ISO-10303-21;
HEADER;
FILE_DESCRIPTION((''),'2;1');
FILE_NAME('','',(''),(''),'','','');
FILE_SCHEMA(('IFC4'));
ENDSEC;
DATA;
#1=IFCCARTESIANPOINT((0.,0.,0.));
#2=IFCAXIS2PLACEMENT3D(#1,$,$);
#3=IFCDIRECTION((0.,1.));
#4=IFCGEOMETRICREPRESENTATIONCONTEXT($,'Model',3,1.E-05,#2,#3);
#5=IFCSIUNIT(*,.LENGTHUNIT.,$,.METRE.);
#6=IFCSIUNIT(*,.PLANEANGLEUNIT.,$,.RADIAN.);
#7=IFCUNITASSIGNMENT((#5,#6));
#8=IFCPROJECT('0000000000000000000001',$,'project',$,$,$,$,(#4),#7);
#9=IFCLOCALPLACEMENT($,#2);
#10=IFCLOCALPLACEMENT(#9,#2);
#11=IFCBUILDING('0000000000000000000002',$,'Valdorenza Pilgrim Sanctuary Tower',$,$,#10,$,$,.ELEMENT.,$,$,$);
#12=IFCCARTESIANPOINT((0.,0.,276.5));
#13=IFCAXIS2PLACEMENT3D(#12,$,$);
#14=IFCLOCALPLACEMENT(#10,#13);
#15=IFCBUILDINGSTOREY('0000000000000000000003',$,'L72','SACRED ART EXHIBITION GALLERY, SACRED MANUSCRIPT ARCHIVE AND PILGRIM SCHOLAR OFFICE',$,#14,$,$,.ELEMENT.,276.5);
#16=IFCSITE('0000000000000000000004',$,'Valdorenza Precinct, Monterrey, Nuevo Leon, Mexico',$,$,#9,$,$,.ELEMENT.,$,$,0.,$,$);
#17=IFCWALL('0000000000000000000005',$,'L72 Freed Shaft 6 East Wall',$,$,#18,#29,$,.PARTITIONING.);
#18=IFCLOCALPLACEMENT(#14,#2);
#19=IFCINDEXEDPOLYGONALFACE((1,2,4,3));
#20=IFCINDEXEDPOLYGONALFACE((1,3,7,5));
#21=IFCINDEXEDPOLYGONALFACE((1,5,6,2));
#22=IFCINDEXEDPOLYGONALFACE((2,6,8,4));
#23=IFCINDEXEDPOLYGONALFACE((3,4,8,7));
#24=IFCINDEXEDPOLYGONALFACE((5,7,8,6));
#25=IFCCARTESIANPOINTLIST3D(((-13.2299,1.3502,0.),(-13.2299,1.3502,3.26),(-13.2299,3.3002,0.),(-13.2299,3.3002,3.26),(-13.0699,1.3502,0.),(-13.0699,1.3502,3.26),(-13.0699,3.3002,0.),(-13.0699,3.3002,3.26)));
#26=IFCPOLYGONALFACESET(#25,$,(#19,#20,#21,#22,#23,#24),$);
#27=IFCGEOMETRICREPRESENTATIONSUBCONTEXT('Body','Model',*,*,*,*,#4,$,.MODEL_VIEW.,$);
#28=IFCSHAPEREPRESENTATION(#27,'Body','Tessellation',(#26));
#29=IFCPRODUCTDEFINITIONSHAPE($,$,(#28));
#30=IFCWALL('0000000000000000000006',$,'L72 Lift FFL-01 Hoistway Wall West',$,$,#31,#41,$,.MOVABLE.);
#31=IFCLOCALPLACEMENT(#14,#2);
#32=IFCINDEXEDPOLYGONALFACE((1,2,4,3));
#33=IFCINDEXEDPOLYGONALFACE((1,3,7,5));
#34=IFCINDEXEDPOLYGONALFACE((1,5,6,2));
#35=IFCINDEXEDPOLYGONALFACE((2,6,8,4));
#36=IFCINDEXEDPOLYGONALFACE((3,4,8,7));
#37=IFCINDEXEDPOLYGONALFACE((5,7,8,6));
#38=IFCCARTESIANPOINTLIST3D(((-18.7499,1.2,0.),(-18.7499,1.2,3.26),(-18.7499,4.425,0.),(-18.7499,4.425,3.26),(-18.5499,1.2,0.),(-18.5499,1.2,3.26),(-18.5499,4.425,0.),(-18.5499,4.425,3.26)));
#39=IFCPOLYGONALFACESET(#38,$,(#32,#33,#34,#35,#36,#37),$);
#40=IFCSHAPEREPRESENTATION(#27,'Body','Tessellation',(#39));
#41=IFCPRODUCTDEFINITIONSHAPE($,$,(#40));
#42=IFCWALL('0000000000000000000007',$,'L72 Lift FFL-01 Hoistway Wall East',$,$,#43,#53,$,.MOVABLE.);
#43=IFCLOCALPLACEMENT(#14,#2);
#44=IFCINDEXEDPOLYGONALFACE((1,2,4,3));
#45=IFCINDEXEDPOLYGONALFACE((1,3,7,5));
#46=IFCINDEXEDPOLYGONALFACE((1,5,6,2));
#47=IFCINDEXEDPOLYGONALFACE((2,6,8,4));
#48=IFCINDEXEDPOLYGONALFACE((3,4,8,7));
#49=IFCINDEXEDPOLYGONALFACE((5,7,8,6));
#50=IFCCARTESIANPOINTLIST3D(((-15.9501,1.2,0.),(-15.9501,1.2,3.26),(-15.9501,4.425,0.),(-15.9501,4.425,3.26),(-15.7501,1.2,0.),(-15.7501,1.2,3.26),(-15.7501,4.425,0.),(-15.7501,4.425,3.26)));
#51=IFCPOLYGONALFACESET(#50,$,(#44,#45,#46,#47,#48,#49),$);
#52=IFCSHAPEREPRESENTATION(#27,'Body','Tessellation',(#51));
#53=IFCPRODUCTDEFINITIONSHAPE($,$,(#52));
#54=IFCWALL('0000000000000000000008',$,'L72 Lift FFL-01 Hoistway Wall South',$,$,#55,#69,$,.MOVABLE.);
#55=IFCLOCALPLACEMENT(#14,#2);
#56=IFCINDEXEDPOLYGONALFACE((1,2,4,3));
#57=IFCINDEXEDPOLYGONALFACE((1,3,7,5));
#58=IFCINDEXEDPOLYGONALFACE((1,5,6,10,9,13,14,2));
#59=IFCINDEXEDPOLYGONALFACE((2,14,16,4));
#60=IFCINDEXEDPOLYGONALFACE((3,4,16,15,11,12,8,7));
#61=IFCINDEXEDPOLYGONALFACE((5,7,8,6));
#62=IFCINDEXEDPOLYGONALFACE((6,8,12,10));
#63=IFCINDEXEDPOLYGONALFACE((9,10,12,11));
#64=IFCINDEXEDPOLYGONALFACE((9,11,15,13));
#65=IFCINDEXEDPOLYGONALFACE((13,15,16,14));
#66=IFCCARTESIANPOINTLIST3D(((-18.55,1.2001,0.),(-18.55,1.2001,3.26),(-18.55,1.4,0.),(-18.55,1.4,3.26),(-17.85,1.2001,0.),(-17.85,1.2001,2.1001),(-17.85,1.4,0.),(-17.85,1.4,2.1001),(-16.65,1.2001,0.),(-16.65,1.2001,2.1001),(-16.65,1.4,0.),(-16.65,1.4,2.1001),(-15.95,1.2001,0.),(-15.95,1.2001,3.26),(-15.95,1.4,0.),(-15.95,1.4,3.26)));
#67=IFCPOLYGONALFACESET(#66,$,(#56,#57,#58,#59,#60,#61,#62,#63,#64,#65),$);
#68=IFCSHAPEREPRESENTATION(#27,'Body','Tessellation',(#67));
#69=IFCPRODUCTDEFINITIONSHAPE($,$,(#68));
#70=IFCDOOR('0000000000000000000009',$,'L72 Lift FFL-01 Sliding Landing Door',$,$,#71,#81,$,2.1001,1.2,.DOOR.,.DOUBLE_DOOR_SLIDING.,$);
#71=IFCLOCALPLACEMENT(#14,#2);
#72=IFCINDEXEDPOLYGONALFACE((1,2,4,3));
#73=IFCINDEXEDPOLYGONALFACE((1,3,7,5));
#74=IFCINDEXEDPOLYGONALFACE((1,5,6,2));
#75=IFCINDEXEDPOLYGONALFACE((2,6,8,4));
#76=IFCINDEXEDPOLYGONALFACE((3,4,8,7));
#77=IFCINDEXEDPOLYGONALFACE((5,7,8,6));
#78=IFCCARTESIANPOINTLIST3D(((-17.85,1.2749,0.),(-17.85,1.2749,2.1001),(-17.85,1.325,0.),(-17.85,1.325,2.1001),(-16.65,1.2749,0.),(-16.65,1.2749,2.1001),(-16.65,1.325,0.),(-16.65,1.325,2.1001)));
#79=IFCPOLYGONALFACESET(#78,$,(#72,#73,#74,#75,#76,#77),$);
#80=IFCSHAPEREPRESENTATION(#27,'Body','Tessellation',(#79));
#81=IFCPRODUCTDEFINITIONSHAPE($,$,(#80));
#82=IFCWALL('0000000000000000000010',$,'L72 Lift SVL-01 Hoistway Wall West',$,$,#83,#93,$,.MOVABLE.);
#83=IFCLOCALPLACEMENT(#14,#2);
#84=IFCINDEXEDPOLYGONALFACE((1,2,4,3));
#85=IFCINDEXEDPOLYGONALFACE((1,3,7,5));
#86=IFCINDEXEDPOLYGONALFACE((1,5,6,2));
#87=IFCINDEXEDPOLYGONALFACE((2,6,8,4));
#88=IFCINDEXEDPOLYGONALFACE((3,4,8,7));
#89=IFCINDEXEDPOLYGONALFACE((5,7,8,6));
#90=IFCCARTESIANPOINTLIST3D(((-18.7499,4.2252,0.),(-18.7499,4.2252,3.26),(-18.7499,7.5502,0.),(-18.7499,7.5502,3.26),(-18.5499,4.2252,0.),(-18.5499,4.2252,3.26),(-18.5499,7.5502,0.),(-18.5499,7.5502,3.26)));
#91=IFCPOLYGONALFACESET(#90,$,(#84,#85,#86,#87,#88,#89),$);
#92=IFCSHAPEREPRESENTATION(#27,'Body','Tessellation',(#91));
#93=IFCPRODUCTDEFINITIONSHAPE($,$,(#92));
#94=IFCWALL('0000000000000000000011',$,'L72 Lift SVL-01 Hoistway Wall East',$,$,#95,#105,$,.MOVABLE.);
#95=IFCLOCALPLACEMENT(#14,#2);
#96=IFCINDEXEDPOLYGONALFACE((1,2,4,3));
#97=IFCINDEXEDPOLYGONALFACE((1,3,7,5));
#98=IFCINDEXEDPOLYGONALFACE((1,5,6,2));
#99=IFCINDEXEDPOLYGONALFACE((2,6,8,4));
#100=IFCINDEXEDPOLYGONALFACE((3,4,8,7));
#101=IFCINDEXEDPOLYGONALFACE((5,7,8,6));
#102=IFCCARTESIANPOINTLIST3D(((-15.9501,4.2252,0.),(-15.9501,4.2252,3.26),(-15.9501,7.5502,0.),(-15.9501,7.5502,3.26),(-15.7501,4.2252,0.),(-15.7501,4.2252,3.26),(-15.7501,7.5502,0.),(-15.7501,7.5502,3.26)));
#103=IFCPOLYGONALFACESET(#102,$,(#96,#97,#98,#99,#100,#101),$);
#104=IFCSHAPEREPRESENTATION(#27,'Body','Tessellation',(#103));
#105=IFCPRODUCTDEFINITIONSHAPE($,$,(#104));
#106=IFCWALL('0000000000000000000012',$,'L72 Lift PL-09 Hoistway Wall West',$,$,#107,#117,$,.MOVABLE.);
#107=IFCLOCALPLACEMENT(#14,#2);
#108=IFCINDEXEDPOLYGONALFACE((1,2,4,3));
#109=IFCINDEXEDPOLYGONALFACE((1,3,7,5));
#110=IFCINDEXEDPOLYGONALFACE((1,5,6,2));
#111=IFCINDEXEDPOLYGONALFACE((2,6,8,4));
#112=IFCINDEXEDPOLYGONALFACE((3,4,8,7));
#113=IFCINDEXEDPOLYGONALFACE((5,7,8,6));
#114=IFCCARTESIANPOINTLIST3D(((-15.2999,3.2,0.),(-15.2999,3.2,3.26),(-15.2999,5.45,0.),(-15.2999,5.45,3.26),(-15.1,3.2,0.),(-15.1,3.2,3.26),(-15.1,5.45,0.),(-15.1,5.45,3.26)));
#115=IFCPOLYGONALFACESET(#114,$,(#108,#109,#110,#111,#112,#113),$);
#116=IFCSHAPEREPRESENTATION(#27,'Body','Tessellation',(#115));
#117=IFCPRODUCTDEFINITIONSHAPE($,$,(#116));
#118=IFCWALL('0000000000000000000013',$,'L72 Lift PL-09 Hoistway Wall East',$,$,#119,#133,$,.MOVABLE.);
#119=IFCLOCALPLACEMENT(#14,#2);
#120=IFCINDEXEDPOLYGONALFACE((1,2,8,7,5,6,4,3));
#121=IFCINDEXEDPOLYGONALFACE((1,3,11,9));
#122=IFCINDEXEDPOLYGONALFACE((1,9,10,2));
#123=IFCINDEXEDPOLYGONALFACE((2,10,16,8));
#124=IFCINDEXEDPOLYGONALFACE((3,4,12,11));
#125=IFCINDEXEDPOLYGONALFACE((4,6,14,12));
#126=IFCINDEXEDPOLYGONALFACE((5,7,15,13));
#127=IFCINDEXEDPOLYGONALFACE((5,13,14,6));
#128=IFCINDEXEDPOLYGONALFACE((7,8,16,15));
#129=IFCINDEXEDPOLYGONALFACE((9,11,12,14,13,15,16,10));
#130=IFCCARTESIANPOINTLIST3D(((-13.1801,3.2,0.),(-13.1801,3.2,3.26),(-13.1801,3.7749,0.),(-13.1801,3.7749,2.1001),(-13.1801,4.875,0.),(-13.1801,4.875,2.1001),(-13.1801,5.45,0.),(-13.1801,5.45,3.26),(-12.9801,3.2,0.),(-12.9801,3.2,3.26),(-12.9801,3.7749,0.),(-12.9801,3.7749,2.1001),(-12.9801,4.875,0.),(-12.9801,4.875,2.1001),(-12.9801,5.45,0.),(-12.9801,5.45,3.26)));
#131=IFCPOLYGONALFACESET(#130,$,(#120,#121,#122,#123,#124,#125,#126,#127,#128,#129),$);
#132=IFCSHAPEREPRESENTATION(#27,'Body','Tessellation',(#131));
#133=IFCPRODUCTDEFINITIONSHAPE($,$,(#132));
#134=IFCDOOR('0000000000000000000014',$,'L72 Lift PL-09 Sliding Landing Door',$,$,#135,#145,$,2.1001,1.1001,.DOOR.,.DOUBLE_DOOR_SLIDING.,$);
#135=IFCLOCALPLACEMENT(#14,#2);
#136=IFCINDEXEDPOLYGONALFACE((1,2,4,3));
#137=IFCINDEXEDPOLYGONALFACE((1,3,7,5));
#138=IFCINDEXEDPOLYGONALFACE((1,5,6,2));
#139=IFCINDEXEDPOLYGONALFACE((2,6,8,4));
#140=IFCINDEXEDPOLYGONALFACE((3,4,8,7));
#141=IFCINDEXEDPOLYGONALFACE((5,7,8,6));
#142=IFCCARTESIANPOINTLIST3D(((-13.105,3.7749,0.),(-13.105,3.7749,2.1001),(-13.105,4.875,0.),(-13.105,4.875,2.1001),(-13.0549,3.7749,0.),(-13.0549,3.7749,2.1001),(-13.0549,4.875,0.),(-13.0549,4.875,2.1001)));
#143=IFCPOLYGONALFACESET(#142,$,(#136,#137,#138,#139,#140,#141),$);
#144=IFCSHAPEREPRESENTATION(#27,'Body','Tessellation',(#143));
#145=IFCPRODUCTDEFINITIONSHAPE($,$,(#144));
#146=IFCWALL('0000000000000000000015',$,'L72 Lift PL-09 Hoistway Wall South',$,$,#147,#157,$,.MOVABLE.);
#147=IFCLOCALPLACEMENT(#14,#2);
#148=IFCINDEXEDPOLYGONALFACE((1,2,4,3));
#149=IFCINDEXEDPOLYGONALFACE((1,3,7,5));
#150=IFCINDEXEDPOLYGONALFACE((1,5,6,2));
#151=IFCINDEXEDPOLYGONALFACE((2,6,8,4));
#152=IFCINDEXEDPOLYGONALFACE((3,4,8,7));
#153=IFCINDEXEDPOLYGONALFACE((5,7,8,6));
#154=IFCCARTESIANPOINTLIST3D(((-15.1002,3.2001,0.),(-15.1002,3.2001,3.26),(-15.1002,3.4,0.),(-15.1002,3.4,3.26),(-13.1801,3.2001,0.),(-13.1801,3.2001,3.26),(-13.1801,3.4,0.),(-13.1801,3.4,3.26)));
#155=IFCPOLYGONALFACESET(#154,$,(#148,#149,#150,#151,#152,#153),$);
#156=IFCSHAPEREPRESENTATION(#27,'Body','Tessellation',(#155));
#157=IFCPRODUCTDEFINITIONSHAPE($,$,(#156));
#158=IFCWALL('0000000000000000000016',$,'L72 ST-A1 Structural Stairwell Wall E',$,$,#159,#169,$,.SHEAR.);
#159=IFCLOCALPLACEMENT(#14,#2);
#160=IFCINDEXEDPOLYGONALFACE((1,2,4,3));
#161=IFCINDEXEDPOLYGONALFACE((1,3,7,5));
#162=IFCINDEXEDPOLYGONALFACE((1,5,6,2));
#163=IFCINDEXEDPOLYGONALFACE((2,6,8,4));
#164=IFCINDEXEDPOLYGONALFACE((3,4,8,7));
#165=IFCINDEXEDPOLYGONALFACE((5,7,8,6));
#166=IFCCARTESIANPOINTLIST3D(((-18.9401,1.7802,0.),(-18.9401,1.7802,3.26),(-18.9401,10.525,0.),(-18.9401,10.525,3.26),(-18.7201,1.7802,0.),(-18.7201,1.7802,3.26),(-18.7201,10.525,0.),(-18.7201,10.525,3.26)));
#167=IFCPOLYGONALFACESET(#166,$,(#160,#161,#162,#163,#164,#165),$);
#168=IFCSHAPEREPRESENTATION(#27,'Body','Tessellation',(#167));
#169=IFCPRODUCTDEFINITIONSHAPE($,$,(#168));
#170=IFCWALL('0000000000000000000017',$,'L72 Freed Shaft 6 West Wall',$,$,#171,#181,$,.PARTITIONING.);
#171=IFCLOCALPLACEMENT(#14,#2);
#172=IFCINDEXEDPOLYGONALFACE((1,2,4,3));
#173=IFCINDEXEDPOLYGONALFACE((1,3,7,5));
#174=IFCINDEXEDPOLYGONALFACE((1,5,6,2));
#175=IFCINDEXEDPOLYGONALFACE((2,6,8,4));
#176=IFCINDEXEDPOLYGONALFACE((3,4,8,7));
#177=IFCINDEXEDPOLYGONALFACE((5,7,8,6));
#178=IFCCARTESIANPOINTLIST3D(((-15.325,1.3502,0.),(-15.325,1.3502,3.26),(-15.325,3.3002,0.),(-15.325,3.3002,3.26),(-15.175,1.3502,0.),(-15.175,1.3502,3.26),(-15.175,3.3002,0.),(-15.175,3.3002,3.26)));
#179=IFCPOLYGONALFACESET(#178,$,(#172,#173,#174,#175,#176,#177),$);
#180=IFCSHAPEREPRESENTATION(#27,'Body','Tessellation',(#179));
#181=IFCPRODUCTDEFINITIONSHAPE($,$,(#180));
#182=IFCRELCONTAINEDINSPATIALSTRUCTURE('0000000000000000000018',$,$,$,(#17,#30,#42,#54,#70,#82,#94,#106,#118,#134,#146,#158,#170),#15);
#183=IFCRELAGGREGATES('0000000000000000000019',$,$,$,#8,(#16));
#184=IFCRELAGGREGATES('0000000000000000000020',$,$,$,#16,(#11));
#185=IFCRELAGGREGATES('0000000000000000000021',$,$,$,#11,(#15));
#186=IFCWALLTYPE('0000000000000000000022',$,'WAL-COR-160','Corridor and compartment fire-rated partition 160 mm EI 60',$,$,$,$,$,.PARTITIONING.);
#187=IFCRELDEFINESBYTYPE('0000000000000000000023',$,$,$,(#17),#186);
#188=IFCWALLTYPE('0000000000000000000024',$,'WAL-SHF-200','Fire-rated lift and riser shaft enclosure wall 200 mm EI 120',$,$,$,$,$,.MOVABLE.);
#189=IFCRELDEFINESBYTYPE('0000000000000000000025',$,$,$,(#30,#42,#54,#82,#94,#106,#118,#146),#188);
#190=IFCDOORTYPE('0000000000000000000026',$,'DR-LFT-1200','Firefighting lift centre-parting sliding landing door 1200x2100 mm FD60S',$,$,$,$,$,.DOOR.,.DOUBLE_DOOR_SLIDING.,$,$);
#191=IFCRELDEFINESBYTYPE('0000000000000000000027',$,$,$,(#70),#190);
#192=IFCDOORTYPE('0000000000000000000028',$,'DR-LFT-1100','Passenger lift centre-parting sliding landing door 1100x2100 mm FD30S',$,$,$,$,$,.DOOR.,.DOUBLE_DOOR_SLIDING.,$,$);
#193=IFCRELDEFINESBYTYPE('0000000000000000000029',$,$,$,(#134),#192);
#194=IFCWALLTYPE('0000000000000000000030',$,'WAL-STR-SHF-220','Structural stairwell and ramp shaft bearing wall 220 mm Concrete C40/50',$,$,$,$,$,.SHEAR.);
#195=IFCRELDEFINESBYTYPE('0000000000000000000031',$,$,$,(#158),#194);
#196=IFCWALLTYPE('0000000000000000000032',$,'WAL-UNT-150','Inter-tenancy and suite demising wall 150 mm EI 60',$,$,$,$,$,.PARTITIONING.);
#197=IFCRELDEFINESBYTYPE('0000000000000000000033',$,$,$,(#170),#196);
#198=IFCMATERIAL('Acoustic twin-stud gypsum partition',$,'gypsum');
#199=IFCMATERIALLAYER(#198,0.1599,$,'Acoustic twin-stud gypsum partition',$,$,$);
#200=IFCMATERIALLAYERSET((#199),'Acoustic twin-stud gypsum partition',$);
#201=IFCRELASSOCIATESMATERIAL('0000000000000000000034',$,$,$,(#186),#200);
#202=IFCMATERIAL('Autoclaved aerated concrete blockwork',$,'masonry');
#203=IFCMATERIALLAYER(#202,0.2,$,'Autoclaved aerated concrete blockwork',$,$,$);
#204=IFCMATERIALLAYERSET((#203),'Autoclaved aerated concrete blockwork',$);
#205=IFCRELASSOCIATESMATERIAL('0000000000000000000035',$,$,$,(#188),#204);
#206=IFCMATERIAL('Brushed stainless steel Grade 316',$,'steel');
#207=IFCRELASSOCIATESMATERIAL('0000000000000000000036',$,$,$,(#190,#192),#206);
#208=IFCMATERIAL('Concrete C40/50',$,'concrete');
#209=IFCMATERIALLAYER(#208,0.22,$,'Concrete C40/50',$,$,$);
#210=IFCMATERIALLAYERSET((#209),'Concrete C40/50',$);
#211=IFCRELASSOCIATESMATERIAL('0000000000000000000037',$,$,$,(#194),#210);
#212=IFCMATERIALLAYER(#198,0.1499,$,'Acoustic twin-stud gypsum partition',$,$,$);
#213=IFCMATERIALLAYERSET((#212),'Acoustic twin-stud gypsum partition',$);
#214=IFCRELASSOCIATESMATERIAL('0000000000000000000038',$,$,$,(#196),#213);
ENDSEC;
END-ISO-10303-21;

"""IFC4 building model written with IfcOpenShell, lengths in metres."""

from ifc_helpers import new_model, si_unit, direction, frame, frame_2d, origin, place, context, subcontext, project, spatial, rectangle, extrude, material, layer, layer_set, type_object, element, fill, save


model = new_model("IFC4")

# Units and contexts
model_context = context("Model", 3, precision=1e-05, world=origin(), true_north=direction((0.0, 1.0)))
body_context = subcontext(model_context, "Body", "Model", "MODEL_VIEW")
ifc_project = project(units=[si_unit("LENGTHUNIT", "METRE"), si_unit("PLANEANGLEUNIT", "RADIAN")], contexts=[model_context])

# Site, building, storey
site_placement = place(None, origin())
site = spatial("IfcSite", under=ifc_project, at=site_placement, Name="Valdorenza Precinct, Monterrey, Nuevo Leon, Mexico", CompositionType="ELEMENT", RefElevation=0.0)
building_placement = place(site_placement, origin())
building = spatial("IfcBuilding", under=site, at=building_placement, Name="Valdorenza Pilgrim Sanctuary Tower", CompositionType="ELEMENT")
storey_placement = place(building_placement, frame((0.0, 0.0, 276.5)))
storey = spatial("IfcBuildingStorey", under=building, at=storey_placement, Name="L72", Description="SACRED ART EXHIBITION GALLERY, SACRED MANUSCRIPT ARCHIVE AND PILGRIM SCHOLAR OFFICE", CompositionType="ELEMENT", Elevation=276.5)

# Walls
ifc_material_1 = material(Name="Acoustic twin-stud gypsum partition", Category="gypsum")
ifc_layer_1 = layer(ifc_material_1, 0.1599, Name="Acoustic twin-stud gypsum partition")
ifc_layer_set_1 = layer_set([ifc_layer_1], Name="Acoustic twin-stud gypsum partition")
wall_type_1 = type_object("IfcWallType", Name="WAL-COR-160", Description="Corridor and compartment fire-rated partition 160 mm EI 60", PredefinedType="PARTITIONING", material=ifc_layer_set_1)
wall_1_placement = place(storey_placement, frame((-13.1499, 1.3501, 0.0), z_axis=(0.0, 0.0, 1.0), x_axis=(0.0, 1.0, 0.0)))
element("IfcWall", 1, at=wall_1_placement, inside=storey, type_object=wall_type_1, Name="L72 Freed Shaft 6 East Wall", PredefinedType="PARTITIONING", context=body_context, shape_type="SweptSolid", body=[
    extrude(rectangle(XDim=1.95, YDim=0.1599, at=frame_2d((0.9751, 0.0))), origin(), (0.0, 0.0, 1.0), 3.26),
])
ifc_material_2 = material(Name="Autoclaved aerated concrete blockwork", Category="masonry")
ifc_layer_2 = layer(ifc_material_2, 0.2, Name="Autoclaved aerated concrete blockwork")
ifc_layer_set_2 = layer_set([ifc_layer_2], Name="Autoclaved aerated concrete blockwork")
wall_type_2 = type_object("IfcWallType", Name="WAL-SHF-200", Description="Fire-rated lift and riser shaft enclosure wall 200 mm EI 120", PredefinedType="MOVABLE", material=ifc_layer_set_2)
for number, where, z_axis, x_axis, name in (
    (2, (-18.6499, 1.2, 0.0), (0.0, 0.0, 1.0), (0.0, 1.0, 0.0), "L72 Lift FFL-01 Hoistway Wall West"),
    (3, (-15.8501, 1.2, 0.0), (0.0, 0.0, 1.0), (0.0, 1.0, 0.0), "L72 Lift FFL-01 Hoistway Wall East"),
):
    element("IfcWall", number, at=place(storey_placement, frame(where, z_axis=z_axis, x_axis=x_axis)), inside=storey, type_object=wall_type_2, Name=name, PredefinedType="MOVABLE", context=body_context, shape_type="SweptSolid", body=[
        extrude(rectangle(XDim=3.2251, YDim=0.2, at=frame_2d((1.6125, 0.0))), origin(), (0.0, 0.0, 1.0), 3.26),
    ])

# Wall, opening, door
wall_2_placement = place(storey_placement, frame((-18.55, 1.3, 0.0), z_axis=(0.0, 0.0, 1.0), x_axis=(1.0, 0.0, 0.0)))
wall_2 = element("IfcWall", 4, at=wall_2_placement, inside=storey, type_object=wall_type_2, Name="L72 Lift FFL-01 Hoistway Wall South", PredefinedType="MOVABLE", context=body_context, shape_type="SweptSolid", body=[
    extrude(rectangle(XDim=2.6001, YDim=0.2, at=frame_2d((1.3, 0.0))), origin(), (0.0, 0.0, 1.0), 3.26),
])
opening_1_placement = place(wall_2_placement, frame((0.7, 0.0, 0.0)))
opening_1 = element("IfcOpeningElement", 5, at=opening_1_placement, cuts=wall_2, PredefinedType="OPENING", context=body_context, shape_type="SweptSolid", body=[
    extrude(rectangle(XDim=1.2, YDim=2.1001, at=frame_2d((0.6001, 1.05))), frame((0.0, 0.1147, 0.0), z_axis=(0.0, -1.0, 0.0), x_axis=(1.0, 0.0, 0.0)), (0.0, 0.0, 1.0), 0.2297),
])
ifc_material_3 = material(Name="Brushed stainless steel Grade 316", Category="steel")
door_type_1 = type_object("IfcDoorType", Name="DR-LFT-1200", Description="Firefighting lift centre-parting sliding landing door 1200x2100 mm FD60S", OperationType="DOUBLE_DOOR_SLIDING", PredefinedType="DOOR", material=ifc_material_3)
door_1_placement = place(opening_1_placement, origin())
door_1 = element("IfcDoor", 6, at=door_1_placement, inside=storey, type_object=door_type_1, Name="L72 Lift FFL-01 Sliding Landing Door", OperationType="DOUBLE_DOOR_SLIDING", OverallHeight=2.1001, OverallWidth=1.2, PredefinedType="DOOR", context=body_context, shape_type="SweptSolid", body=[
    extrude(rectangle(XDim=1.2, YDim=2.1001, at=frame_2d((0.6001, 1.05))), frame((0.0, 0.0249, 0.0), z_axis=(0.0, -1.0, 0.0), x_axis=(1.0, 0.0, 0.0)), (0.0, 0.0, 1.0), 0.05),
])
fill(opening_1, door_1)

# Walls
for number, where, z_axis, x_axis, name in (
    (7, (-18.6499, 4.2251, 0.0), (0.0, 0.0, 1.0), (0.0, 1.0, 0.0), "L72 Lift SVL-01 Hoistway Wall West"),
    (8, (-15.8501, 4.2251, 0.0), (0.0, 0.0, 1.0), (0.0, 1.0, 0.0), "L72 Lift SVL-01 Hoistway Wall East"),
):
    element("IfcWall", number, at=place(storey_placement, frame(where, z_axis=z_axis, x_axis=x_axis)), inside=storey, type_object=wall_type_2, Name=name, PredefinedType="MOVABLE", context=body_context, shape_type="SweptSolid", body=[
        extrude(rectangle(XDim=3.325, YDim=0.2, at=frame_2d((1.6626, 0.0))), origin(), (0.0, 0.0, 1.0), 3.26),
    ])
wall_3_placement = place(storey_placement, frame((-15.2, 3.2, 0.0), z_axis=(0.0, 0.0, 1.0), x_axis=(0.0, 1.0, 0.0)))
element("IfcWall", 9, at=wall_3_placement, inside=storey, type_object=wall_type_2, Name="L72 Lift PL-09 Hoistway Wall West", PredefinedType="MOVABLE", context=body_context, shape_type="SweptSolid", body=[
    extrude(rectangle(XDim=2.25, YDim=0.2, at=frame_2d((1.125, 0.0))), origin(), (0.0, 0.0, 1.0), 3.26),
])

# Wall, opening, door
wall_4_placement = place(storey_placement, frame((-13.0801, 3.2, 0.0), z_axis=(0.0, 0.0, 1.0), x_axis=(0.0, 1.0, 0.0)))
wall_4 = element("IfcWall", 10, at=wall_4_placement, inside=storey, type_object=wall_type_2, Name="L72 Lift PL-09 Hoistway Wall East", PredefinedType="MOVABLE", context=body_context, shape_type="SweptSolid", body=[
    extrude(rectangle(XDim=2.25, YDim=0.2, at=frame_2d((1.125, 0.0))), origin(), (0.0, 0.0, 1.0), 3.26),
])
opening_2_placement = place(wall_4_placement, frame((0.575, 0.0, 0.0)))
opening_2 = element("IfcOpeningElement", 11, at=opening_2_placement, cuts=wall_4, PredefinedType="OPENING", context=body_context, shape_type="SweptSolid", body=[
    extrude(rectangle(XDim=1.1001, YDim=2.1001, at=frame_2d((0.55, 1.05))), frame((0.0, 0.1147, 0.0), z_axis=(0.0, -1.0, 0.0), x_axis=(1.0, 0.0, 0.0)), (0.0, 0.0, 1.0), 0.2297),
])
door_type_2 = type_object("IfcDoorType", Name="DR-LFT-1100", Description="Passenger lift centre-parting sliding landing door 1100x2100 mm FD30S", OperationType="DOUBLE_DOOR_SLIDING", PredefinedType="DOOR", material=ifc_material_3)
door_2_placement = place(opening_2_placement, origin())
door_2 = element("IfcDoor", 12, at=door_2_placement, inside=storey, type_object=door_type_2, Name="L72 Lift PL-09 Sliding Landing Door", OperationType="DOUBLE_DOOR_SLIDING", OverallHeight=2.1001, OverallWidth=1.1001, PredefinedType="DOOR", context=body_context, shape_type="SweptSolid", body=[
    extrude(rectangle(XDim=1.1001, YDim=2.1001, at=frame_2d((0.55, 1.05))), frame((0.0, 0.0249, 0.0), z_axis=(0.0, -1.0, 0.0), x_axis=(1.0, 0.0, 0.0)), (0.0, 0.0, 1.0), 0.05),
])
fill(opening_2, door_2)

# Walls
wall_5_placement = place(storey_placement, frame((-15.1001, 3.3, 0.0), z_axis=(0.0, 0.0, 1.0), x_axis=(1.0, 0.0, 0.0)))
element("IfcWall", 13, at=wall_5_placement, inside=storey, type_object=wall_type_2, Name="L72 Lift PL-09 Hoistway Wall South", PredefinedType="MOVABLE", context=body_context, shape_type="SweptSolid", body=[
    extrude(rectangle(XDim=1.9202, YDim=0.2, at=frame_2d((0.96, 0.0))), origin(), (0.0, 0.0, 1.0), 3.26),
])
ifc_material_4 = material(Name="Concrete C40/50", Category="concrete")
ifc_layer_3 = layer(ifc_material_4, 0.22, Name="Concrete C40/50")
ifc_layer_set_3 = layer_set([ifc_layer_3], Name="Concrete C40/50")
wall_type_3 = type_object("IfcWallType", Name="WAL-STR-SHF-220", Description="Structural stairwell and ramp shaft bearing wall 220 mm Concrete C40/50", PredefinedType="SHEAR", material=ifc_layer_set_3)
wall_6_placement = place(storey_placement, frame((-18.8301, 1.78, 0.0), z_axis=(0.0, 0.0, 1.0), x_axis=(0.0, 1.0, 0.0)))
element("IfcWall", 14, at=wall_6_placement, inside=storey, type_object=wall_type_3, Name="L72 ST-A1 Structural Stairwell Wall E", PredefinedType="SHEAR", context=body_context, shape_type="SweptSolid", body=[
    extrude(rectangle(XDim=8.7449, YDim=0.22, at=frame_2d((4.3726, 0.0))), origin(), (0.0, 0.0, 1.0), 3.26),
])
ifc_layer_4 = layer(ifc_material_1, 0.1499, Name="Acoustic twin-stud gypsum partition")
ifc_layer_set_4 = layer_set([ifc_layer_4], Name="Acoustic twin-stud gypsum partition")
wall_type_4 = type_object("IfcWallType", Name="WAL-UNT-150", Description="Inter-tenancy and suite demising wall 150 mm EI 60", PredefinedType="PARTITIONING", material=ifc_layer_set_4)
wall_7_placement = place(storey_placement, frame((-15.25, 1.3501, 0.0), z_axis=(0.0, 0.0, 1.0), x_axis=(0.0, 1.0, 0.0)))
element("IfcWall", 15, at=wall_7_placement, inside=storey, type_object=wall_type_4, Name="L72 Freed Shaft 6 West Wall", PredefinedType="PARTITIONING", context=body_context, shape_type="SweptSolid", body=[
    extrude(rectangle(XDim=1.95, YDim=0.1499, at=frame_2d((0.9751, 0.0))), origin(), (0.0, 0.0, 1.0), 3.26),
])

save(model, "model.ifc")
